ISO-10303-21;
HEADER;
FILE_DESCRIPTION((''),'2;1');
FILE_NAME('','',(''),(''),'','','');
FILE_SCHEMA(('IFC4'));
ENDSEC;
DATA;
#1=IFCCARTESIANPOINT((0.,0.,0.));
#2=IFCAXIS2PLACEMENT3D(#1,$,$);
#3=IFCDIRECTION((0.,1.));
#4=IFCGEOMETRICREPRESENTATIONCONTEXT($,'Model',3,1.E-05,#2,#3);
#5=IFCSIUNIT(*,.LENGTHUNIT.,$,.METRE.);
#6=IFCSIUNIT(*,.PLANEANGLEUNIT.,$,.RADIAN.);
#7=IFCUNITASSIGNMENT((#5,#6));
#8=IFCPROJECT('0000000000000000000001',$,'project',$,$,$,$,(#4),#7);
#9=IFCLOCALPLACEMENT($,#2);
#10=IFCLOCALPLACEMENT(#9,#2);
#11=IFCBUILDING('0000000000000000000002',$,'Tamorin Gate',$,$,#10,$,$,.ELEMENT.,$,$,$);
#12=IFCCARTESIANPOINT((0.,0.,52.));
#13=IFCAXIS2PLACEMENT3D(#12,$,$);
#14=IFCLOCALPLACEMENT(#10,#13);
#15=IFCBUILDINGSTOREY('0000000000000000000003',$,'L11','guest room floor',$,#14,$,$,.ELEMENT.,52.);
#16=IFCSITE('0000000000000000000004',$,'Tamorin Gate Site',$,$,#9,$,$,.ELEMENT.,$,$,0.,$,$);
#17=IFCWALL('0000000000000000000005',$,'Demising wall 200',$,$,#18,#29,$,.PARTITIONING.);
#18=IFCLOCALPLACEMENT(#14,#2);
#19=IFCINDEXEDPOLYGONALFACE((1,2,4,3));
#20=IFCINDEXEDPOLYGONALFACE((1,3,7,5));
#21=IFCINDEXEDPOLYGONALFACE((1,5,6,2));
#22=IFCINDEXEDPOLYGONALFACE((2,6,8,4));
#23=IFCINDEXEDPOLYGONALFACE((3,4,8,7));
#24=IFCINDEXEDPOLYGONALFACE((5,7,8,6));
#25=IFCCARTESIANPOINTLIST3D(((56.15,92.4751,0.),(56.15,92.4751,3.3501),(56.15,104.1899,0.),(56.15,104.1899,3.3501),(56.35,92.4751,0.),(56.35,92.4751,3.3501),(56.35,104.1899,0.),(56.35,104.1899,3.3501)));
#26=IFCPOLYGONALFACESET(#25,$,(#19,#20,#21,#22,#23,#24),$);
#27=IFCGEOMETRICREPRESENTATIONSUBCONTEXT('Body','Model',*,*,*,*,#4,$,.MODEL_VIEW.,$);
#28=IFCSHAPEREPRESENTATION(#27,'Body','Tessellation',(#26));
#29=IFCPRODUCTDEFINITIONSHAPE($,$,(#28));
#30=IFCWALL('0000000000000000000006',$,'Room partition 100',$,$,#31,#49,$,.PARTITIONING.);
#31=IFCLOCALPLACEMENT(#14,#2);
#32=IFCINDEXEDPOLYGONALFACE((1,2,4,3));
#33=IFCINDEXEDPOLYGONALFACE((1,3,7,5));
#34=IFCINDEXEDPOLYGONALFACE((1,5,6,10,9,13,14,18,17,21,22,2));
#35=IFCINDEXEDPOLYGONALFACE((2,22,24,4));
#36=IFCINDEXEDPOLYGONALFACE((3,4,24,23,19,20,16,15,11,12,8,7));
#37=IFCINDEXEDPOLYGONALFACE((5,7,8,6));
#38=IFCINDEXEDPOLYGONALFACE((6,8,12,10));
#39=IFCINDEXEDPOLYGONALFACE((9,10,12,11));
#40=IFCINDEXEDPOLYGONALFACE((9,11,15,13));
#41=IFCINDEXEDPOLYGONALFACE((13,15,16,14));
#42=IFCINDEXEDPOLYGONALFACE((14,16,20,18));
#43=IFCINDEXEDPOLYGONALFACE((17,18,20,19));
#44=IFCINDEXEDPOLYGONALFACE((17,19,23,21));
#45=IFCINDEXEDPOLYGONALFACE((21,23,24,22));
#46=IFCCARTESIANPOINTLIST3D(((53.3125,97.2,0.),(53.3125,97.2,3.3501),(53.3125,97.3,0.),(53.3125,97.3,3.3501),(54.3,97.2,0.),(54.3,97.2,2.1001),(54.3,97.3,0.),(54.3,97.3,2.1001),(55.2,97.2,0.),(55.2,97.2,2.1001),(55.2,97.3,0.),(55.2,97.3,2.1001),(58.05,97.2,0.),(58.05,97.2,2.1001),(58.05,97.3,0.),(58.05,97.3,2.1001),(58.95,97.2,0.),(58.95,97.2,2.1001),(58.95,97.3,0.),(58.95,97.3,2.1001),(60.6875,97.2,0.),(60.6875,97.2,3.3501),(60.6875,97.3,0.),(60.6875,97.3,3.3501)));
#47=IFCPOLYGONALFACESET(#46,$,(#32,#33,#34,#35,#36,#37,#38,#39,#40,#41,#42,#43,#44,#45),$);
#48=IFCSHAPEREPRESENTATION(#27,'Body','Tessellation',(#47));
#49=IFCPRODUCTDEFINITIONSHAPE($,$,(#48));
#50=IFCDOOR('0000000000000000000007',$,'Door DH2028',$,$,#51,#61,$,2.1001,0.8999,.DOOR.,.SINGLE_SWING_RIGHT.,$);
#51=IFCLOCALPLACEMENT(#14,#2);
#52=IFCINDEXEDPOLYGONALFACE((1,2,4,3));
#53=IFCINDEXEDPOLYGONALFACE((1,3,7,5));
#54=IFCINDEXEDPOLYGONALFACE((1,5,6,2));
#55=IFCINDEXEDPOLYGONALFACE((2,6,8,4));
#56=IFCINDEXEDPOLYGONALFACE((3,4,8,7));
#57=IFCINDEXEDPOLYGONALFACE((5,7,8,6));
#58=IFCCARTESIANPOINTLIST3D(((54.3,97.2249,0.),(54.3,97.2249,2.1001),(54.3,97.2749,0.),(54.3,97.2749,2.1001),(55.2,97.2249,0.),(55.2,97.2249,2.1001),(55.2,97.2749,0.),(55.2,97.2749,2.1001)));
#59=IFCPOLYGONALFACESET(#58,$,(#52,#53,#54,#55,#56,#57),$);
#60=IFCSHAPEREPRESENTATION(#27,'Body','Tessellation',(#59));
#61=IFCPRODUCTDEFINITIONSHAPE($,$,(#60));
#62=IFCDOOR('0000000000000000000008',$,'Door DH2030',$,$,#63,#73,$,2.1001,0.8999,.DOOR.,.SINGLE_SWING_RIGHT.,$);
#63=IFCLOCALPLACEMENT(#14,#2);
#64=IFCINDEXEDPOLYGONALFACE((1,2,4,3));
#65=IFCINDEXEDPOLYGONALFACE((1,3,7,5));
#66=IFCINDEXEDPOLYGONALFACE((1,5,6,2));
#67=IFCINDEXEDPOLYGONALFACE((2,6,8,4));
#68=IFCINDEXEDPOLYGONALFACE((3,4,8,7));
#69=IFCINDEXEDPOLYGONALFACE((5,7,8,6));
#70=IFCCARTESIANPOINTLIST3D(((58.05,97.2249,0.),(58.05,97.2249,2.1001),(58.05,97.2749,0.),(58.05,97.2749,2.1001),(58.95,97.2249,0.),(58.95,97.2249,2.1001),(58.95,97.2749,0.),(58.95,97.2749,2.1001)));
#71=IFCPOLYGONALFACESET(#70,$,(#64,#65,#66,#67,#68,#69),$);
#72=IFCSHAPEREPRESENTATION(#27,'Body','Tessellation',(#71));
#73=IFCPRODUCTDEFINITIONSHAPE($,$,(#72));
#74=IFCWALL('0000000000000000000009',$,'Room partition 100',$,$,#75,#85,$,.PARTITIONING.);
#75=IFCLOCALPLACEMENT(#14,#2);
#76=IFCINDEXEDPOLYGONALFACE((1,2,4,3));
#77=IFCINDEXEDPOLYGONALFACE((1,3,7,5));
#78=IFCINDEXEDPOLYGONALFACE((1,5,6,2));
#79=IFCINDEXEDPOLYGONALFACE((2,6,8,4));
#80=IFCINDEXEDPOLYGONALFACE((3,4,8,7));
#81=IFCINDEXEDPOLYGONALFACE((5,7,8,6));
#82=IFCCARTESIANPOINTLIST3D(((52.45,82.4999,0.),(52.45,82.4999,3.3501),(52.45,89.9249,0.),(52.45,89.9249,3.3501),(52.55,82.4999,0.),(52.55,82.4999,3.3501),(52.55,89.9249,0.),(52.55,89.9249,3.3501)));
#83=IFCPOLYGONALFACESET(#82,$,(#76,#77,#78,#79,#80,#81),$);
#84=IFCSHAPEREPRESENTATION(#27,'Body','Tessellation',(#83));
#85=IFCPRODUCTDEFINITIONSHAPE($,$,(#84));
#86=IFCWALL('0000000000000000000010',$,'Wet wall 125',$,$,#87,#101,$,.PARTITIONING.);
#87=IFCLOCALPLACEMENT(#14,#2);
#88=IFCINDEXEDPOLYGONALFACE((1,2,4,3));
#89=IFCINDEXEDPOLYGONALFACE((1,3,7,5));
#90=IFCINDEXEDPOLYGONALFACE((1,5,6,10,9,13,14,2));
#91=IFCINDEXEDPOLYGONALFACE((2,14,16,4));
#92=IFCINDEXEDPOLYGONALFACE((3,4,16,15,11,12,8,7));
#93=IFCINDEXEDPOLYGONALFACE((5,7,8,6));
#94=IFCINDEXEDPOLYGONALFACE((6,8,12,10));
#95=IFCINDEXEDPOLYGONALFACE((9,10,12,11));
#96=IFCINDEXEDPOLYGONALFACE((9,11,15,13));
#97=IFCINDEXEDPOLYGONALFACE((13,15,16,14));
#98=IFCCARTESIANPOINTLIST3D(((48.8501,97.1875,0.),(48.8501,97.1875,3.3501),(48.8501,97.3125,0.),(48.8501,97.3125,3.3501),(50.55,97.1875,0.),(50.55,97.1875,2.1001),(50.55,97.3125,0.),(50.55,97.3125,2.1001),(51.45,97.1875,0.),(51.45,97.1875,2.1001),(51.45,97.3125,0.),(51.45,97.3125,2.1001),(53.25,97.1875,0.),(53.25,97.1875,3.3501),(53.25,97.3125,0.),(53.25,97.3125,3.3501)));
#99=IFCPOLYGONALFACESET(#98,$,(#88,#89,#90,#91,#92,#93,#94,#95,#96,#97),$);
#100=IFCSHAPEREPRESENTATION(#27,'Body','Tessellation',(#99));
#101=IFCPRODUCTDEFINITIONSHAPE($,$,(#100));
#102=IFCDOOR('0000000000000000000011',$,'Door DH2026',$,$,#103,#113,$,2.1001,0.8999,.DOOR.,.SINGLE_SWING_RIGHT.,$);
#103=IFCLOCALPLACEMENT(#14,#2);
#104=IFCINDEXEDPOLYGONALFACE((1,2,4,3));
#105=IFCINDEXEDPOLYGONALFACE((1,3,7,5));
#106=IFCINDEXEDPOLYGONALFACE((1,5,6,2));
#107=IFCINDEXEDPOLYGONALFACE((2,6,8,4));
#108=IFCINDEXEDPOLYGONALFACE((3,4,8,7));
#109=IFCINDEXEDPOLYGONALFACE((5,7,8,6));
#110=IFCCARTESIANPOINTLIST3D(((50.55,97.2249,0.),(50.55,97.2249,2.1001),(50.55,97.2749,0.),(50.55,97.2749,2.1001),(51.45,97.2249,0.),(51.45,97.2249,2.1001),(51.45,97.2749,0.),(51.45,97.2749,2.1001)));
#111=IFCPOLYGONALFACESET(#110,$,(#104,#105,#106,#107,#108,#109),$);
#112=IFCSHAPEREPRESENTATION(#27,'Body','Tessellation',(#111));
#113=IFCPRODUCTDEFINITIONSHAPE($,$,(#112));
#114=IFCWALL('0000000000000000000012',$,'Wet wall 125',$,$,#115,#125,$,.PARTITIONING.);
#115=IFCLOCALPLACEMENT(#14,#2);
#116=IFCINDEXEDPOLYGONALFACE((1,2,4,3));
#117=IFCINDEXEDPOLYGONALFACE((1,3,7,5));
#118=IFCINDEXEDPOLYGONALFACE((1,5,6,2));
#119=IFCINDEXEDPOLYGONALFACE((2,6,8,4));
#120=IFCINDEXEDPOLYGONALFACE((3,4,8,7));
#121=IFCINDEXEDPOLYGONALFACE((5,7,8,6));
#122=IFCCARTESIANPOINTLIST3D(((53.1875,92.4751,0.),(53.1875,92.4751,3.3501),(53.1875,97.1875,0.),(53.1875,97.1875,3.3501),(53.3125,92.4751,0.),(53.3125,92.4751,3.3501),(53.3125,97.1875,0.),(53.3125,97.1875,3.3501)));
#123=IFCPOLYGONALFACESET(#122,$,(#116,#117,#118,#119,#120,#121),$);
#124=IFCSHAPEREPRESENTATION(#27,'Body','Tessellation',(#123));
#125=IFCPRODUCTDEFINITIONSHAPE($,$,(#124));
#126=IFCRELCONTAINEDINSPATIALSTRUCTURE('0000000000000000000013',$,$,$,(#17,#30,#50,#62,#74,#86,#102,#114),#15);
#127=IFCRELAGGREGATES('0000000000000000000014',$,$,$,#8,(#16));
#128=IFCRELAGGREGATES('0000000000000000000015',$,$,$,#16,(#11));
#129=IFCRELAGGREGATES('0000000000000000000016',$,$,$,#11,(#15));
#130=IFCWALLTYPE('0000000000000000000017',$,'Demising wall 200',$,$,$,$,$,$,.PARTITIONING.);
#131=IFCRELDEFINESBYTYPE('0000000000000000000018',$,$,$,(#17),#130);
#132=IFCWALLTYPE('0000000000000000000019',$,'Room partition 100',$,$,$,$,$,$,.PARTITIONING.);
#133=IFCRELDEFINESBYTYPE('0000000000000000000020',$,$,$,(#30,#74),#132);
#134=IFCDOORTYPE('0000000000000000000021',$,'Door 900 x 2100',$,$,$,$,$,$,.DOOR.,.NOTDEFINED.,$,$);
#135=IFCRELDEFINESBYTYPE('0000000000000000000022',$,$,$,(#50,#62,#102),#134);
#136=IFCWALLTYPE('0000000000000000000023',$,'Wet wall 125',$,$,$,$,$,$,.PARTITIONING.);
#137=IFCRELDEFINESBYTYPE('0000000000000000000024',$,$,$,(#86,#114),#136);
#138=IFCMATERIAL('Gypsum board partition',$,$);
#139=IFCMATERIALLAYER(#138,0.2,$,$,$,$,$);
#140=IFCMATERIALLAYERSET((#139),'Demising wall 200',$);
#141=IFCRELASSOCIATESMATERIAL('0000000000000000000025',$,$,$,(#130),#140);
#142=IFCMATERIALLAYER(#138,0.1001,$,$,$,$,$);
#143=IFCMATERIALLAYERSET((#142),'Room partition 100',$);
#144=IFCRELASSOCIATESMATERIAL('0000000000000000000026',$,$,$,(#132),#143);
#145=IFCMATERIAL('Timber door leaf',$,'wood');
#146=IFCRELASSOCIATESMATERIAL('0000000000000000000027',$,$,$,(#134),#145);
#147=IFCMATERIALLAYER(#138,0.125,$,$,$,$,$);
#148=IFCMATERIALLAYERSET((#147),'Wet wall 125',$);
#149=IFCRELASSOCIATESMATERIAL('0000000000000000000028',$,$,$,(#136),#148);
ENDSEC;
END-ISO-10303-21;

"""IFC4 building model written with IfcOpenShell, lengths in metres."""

from ifc_helpers import new_model, si_unit, direction, frame, frame_2d, origin, place, context, subcontext, project, spatial, rectangle, extrude, material, layer, layer_set, type_object, element, fill, save


model = new_model("IFC4")

# Units and contexts
model_context = context("Model", 3, precision=1e-05, world=origin(), true_north=direction((0.0, 1.0)))
body_context = subcontext(model_context, "Body", "Model", "MODEL_VIEW")
ifc_project = project(units=[si_unit("LENGTHUNIT", "METRE"), si_unit("PLANEANGLEUNIT", "RADIAN")], contexts=[model_context])

# Site, building, storey
site_placement = place(None, origin())
site = spatial("IfcSite", under=ifc_project, at=site_placement, Name="Tamorin Gate Site", CompositionType="ELEMENT", RefElevation=0.0)
building_placement = place(site_placement, origin())
building = spatial("IfcBuilding", under=site, at=building_placement, Name="Tamorin Gate", CompositionType="ELEMENT")
storey_placement = place(building_placement, frame((0.0, 0.0, 52.0)))
storey = spatial("IfcBuildingStorey", under=building, at=storey_placement, Name="L11", Description="guest room floor", CompositionType="ELEMENT", Elevation=52.0)

# Wall
ifc_material_1 = material(Name="Gypsum board partition")
ifc_layer_1 = layer(ifc_material_1, 0.2)
ifc_layer_set_1 = layer_set([ifc_layer_1], Name="Demising wall 200")
wall_type_1 = type_object("IfcWallType", Name="Demising wall 200", PredefinedType="PARTITIONING", material=ifc_layer_set_1)
for number, where, z_axis, x_axis, name in (
    (1, (56.25, 92.4751, 0.0), (0.0, 0.0, 1.0), (0.0, 1.0, 0.0), "Demising wall 200"),
):
    element("IfcWall", number, at=place(storey_placement, frame(where, z_axis=z_axis, x_axis=x_axis)), inside=storey, type_object=wall_type_1, Name=name, PredefinedType="PARTITIONING", context=body_context, shape_type="SweptSolid", body=[
        extrude(rectangle(XDim=11.7148, YDim=0.2, at=frame_2d((5.8574, 0.0))), origin(), (0.0, 0.0, 1.0), 3.3501),
    ])

# Wall, openings, doors
ifc_layer_2 = layer(ifc_material_1, 0.1001)
ifc_layer_set_2 = layer_set([ifc_layer_2], Name="Room partition 100")
wall_type_2 = type_object("IfcWallType", Name="Room partition 100", PredefinedType="PARTITIONING", material=ifc_layer_set_2)
wall_1_placement = place(storey_placement, frame((53.3125, 97.25, 0.0), z_axis=(0.0, 0.0, 1.0), x_axis=(1.0, 0.0, 0.0)))
wall_1 = element("IfcWall", 2, at=wall_1_placement, inside=storey, type_object=wall_type_2, Name="Room partition 100", PredefinedType="PARTITIONING", context=body_context, shape_type="SweptSolid", body=[
    extrude(rectangle(XDim=7.375, YDim=0.1001, at=frame_2d((3.6875, 0.0))), origin(), (0.0, 0.0, 1.0), 3.3501),
])
opening_1_placement = place(wall_1_placement, frame((0.9875, 0.0, 0.0)))
opening_1 = element("IfcOpeningElement", 3, at=opening_1_placement, cuts=wall_1, PredefinedType="OPENING", context=body_context, shape_type="SweptSolid", body=[
    extrude(rectangle(XDim=0.8999, YDim=2.1001, at=frame_2d((0.45, 1.05))), frame((0.0, 0.0601, 0.0), z_axis=(0.0, -1.0, 0.0), x_axis=(1.0, 0.0, 0.0)), (0.0, 0.0, 1.0), 0.1201),
])
opening_2_placement = place(wall_1_placement, frame((4.7375, 0.0, 0.0)))
opening_2 = element("IfcOpeningElement", 4, at=opening_2_placement, cuts=wall_1, PredefinedType="OPENING", context=body_context, shape_type="SweptSolid", body=[
    extrude(rectangle(XDim=0.8999, YDim=2.1001, at=frame_2d((0.45, 1.05))), frame((0.0, 0.0601, 0.0), z_axis=(0.0, -1.0, 0.0), x_axis=(1.0, 0.0, 0.0)), (0.0, 0.0, 1.0), 0.1201),
])
ifc_material_2 = material(Name="Timber door leaf", Category="wood")
door_type = type_object("IfcDoorType", Name="Door 900 x 2100", OperationType="NOTDEFINED", PredefinedType="DOOR", material=ifc_material_2)
door_1_placement = place(opening_1_placement, origin())
door_1 = element("IfcDoor", 5, at=door_1_placement, inside=storey, type_object=door_type, Name="Door DH2028", OperationType="SINGLE_SWING_RIGHT", OverallHeight=2.1001, OverallWidth=0.8999, PredefinedType="DOOR", context=body_context, shape_type="SweptSolid", body=[
    extrude(rectangle(XDim=0.8999, YDim=2.1001, at=frame_2d((0.45, 1.05))), frame((0.0, 0.0249, 0.0), z_axis=(0.0, -1.0, 0.0), x_axis=(1.0, 0.0, 0.0)), (0.0, 0.0, 1.0), 0.05),
])
fill(opening_1, door_1)
door_2_placement = place(opening_2_placement, origin())
door_2 = element("IfcDoor", 6, at=door_2_placement, inside=storey, type_object=door_type, Name="Door DH2030", OperationType="SINGLE_SWING_RIGHT", OverallHeight=2.1001, OverallWidth=0.8999, PredefinedType="DOOR", context=body_context, shape_type="SweptSolid", body=[
    extrude(rectangle(XDim=0.8999, YDim=2.1001, at=frame_2d((0.45, 1.05))), frame((0.0, 0.0249, 0.0), z_axis=(0.0, -1.0, 0.0), x_axis=(1.0, 0.0, 0.0)), (0.0, 0.0, 1.0), 0.05),
])
fill(opening_2, door_2)

# Wall
wall_2_placement = place(storey_placement, frame((52.5, 82.5, 0.0), z_axis=(0.0, 0.0, 1.0), x_axis=(0.0, 1.0, 0.0)))
element("IfcWall", 7, at=wall_2_placement, inside=storey, type_object=wall_type_2, Name="Room partition 100", PredefinedType="PARTITIONING", context=body_context, shape_type="SweptSolid", body=[
    extrude(rectangle(XDim=7.425, YDim=0.1001, at=frame_2d((3.7124, 0.0))), origin(), (0.0, 0.0, 1.0), 3.3501),
])

# Wall, opening, door
ifc_layer_3 = layer(ifc_material_1, 0.125)
ifc_layer_set_3 = layer_set([ifc_layer_3], Name="Wet wall 125")
wall_type_3 = type_object("IfcWallType", Name="Wet wall 125", PredefinedType="PARTITIONING", material=ifc_layer_set_3)
wall_3_placement = place(storey_placement, frame((48.8501, 97.25, 0.0), z_axis=(0.0, 0.0, 1.0), x_axis=(1.0, 0.0, 0.0)))
wall_3 = element("IfcWall", 8, at=wall_3_placement, inside=storey, type_object=wall_type_3, Name="Wet wall 125", PredefinedType="PARTITIONING", context=body_context, shape_type="SweptSolid", body=[
    extrude(rectangle(XDim=4.3999, YDim=0.125, at=frame_2d((2.2, 0.0))), origin(), (0.0, 0.0, 1.0), 3.3501),
])
opening_3_placement = place(wall_3_placement, frame((1.7, 0.0, 0.0)))
opening_3 = element("IfcOpeningElement", 9, at=opening_3_placement, cuts=wall_3, PredefinedType="OPENING", context=body_context, shape_type="SweptSolid", body=[
    extrude(rectangle(XDim=0.8999, YDim=2.1001, at=frame_2d((0.45, 1.05))), frame((0.0, 0.0725, 0.0), z_axis=(0.0, -1.0, 0.0), x_axis=(1.0, 0.0, 0.0)), (0.0, 0.0, 1.0), 0.145),
])
door_3_placement = place(opening_3_placement, origin())
door_3 = element("IfcDoor", 10, at=door_3_placement, inside=storey, type_object=door_type, Name="Door DH2026", OperationType="SINGLE_SWING_RIGHT", OverallHeight=2.1001, OverallWidth=0.8999, PredefinedType="DOOR", context=body_context, shape_type="SweptSolid", body=[
    extrude(rectangle(XDim=0.8999, YDim=2.1001, at=frame_2d((0.45, 1.05))), frame((0.0, 0.0249, 0.0), z_axis=(0.0, -1.0, 0.0), x_axis=(1.0, 0.0, 0.0)), (0.0, 0.0, 1.0), 0.05),
])
fill(opening_3, door_3)

# Wall
wall_4_placement = place(storey_placement, frame((53.25, 92.4751, 0.0), z_axis=(0.0, 0.0, 1.0), x_axis=(0.0, 1.0, 0.0)))
element("IfcWall", 11, at=wall_4_placement, inside=storey, type_object=wall_type_3, Name="Wet wall 125", PredefinedType="PARTITIONING", context=body_context, shape_type="SweptSolid", body=[
    extrude(rectangle(XDim=4.7124, YDim=0.125, at=frame_2d((2.3562, 0.0))), origin(), (0.0, 0.0, 1.0), 3.3501),
])

save(model, "model.ifc")
